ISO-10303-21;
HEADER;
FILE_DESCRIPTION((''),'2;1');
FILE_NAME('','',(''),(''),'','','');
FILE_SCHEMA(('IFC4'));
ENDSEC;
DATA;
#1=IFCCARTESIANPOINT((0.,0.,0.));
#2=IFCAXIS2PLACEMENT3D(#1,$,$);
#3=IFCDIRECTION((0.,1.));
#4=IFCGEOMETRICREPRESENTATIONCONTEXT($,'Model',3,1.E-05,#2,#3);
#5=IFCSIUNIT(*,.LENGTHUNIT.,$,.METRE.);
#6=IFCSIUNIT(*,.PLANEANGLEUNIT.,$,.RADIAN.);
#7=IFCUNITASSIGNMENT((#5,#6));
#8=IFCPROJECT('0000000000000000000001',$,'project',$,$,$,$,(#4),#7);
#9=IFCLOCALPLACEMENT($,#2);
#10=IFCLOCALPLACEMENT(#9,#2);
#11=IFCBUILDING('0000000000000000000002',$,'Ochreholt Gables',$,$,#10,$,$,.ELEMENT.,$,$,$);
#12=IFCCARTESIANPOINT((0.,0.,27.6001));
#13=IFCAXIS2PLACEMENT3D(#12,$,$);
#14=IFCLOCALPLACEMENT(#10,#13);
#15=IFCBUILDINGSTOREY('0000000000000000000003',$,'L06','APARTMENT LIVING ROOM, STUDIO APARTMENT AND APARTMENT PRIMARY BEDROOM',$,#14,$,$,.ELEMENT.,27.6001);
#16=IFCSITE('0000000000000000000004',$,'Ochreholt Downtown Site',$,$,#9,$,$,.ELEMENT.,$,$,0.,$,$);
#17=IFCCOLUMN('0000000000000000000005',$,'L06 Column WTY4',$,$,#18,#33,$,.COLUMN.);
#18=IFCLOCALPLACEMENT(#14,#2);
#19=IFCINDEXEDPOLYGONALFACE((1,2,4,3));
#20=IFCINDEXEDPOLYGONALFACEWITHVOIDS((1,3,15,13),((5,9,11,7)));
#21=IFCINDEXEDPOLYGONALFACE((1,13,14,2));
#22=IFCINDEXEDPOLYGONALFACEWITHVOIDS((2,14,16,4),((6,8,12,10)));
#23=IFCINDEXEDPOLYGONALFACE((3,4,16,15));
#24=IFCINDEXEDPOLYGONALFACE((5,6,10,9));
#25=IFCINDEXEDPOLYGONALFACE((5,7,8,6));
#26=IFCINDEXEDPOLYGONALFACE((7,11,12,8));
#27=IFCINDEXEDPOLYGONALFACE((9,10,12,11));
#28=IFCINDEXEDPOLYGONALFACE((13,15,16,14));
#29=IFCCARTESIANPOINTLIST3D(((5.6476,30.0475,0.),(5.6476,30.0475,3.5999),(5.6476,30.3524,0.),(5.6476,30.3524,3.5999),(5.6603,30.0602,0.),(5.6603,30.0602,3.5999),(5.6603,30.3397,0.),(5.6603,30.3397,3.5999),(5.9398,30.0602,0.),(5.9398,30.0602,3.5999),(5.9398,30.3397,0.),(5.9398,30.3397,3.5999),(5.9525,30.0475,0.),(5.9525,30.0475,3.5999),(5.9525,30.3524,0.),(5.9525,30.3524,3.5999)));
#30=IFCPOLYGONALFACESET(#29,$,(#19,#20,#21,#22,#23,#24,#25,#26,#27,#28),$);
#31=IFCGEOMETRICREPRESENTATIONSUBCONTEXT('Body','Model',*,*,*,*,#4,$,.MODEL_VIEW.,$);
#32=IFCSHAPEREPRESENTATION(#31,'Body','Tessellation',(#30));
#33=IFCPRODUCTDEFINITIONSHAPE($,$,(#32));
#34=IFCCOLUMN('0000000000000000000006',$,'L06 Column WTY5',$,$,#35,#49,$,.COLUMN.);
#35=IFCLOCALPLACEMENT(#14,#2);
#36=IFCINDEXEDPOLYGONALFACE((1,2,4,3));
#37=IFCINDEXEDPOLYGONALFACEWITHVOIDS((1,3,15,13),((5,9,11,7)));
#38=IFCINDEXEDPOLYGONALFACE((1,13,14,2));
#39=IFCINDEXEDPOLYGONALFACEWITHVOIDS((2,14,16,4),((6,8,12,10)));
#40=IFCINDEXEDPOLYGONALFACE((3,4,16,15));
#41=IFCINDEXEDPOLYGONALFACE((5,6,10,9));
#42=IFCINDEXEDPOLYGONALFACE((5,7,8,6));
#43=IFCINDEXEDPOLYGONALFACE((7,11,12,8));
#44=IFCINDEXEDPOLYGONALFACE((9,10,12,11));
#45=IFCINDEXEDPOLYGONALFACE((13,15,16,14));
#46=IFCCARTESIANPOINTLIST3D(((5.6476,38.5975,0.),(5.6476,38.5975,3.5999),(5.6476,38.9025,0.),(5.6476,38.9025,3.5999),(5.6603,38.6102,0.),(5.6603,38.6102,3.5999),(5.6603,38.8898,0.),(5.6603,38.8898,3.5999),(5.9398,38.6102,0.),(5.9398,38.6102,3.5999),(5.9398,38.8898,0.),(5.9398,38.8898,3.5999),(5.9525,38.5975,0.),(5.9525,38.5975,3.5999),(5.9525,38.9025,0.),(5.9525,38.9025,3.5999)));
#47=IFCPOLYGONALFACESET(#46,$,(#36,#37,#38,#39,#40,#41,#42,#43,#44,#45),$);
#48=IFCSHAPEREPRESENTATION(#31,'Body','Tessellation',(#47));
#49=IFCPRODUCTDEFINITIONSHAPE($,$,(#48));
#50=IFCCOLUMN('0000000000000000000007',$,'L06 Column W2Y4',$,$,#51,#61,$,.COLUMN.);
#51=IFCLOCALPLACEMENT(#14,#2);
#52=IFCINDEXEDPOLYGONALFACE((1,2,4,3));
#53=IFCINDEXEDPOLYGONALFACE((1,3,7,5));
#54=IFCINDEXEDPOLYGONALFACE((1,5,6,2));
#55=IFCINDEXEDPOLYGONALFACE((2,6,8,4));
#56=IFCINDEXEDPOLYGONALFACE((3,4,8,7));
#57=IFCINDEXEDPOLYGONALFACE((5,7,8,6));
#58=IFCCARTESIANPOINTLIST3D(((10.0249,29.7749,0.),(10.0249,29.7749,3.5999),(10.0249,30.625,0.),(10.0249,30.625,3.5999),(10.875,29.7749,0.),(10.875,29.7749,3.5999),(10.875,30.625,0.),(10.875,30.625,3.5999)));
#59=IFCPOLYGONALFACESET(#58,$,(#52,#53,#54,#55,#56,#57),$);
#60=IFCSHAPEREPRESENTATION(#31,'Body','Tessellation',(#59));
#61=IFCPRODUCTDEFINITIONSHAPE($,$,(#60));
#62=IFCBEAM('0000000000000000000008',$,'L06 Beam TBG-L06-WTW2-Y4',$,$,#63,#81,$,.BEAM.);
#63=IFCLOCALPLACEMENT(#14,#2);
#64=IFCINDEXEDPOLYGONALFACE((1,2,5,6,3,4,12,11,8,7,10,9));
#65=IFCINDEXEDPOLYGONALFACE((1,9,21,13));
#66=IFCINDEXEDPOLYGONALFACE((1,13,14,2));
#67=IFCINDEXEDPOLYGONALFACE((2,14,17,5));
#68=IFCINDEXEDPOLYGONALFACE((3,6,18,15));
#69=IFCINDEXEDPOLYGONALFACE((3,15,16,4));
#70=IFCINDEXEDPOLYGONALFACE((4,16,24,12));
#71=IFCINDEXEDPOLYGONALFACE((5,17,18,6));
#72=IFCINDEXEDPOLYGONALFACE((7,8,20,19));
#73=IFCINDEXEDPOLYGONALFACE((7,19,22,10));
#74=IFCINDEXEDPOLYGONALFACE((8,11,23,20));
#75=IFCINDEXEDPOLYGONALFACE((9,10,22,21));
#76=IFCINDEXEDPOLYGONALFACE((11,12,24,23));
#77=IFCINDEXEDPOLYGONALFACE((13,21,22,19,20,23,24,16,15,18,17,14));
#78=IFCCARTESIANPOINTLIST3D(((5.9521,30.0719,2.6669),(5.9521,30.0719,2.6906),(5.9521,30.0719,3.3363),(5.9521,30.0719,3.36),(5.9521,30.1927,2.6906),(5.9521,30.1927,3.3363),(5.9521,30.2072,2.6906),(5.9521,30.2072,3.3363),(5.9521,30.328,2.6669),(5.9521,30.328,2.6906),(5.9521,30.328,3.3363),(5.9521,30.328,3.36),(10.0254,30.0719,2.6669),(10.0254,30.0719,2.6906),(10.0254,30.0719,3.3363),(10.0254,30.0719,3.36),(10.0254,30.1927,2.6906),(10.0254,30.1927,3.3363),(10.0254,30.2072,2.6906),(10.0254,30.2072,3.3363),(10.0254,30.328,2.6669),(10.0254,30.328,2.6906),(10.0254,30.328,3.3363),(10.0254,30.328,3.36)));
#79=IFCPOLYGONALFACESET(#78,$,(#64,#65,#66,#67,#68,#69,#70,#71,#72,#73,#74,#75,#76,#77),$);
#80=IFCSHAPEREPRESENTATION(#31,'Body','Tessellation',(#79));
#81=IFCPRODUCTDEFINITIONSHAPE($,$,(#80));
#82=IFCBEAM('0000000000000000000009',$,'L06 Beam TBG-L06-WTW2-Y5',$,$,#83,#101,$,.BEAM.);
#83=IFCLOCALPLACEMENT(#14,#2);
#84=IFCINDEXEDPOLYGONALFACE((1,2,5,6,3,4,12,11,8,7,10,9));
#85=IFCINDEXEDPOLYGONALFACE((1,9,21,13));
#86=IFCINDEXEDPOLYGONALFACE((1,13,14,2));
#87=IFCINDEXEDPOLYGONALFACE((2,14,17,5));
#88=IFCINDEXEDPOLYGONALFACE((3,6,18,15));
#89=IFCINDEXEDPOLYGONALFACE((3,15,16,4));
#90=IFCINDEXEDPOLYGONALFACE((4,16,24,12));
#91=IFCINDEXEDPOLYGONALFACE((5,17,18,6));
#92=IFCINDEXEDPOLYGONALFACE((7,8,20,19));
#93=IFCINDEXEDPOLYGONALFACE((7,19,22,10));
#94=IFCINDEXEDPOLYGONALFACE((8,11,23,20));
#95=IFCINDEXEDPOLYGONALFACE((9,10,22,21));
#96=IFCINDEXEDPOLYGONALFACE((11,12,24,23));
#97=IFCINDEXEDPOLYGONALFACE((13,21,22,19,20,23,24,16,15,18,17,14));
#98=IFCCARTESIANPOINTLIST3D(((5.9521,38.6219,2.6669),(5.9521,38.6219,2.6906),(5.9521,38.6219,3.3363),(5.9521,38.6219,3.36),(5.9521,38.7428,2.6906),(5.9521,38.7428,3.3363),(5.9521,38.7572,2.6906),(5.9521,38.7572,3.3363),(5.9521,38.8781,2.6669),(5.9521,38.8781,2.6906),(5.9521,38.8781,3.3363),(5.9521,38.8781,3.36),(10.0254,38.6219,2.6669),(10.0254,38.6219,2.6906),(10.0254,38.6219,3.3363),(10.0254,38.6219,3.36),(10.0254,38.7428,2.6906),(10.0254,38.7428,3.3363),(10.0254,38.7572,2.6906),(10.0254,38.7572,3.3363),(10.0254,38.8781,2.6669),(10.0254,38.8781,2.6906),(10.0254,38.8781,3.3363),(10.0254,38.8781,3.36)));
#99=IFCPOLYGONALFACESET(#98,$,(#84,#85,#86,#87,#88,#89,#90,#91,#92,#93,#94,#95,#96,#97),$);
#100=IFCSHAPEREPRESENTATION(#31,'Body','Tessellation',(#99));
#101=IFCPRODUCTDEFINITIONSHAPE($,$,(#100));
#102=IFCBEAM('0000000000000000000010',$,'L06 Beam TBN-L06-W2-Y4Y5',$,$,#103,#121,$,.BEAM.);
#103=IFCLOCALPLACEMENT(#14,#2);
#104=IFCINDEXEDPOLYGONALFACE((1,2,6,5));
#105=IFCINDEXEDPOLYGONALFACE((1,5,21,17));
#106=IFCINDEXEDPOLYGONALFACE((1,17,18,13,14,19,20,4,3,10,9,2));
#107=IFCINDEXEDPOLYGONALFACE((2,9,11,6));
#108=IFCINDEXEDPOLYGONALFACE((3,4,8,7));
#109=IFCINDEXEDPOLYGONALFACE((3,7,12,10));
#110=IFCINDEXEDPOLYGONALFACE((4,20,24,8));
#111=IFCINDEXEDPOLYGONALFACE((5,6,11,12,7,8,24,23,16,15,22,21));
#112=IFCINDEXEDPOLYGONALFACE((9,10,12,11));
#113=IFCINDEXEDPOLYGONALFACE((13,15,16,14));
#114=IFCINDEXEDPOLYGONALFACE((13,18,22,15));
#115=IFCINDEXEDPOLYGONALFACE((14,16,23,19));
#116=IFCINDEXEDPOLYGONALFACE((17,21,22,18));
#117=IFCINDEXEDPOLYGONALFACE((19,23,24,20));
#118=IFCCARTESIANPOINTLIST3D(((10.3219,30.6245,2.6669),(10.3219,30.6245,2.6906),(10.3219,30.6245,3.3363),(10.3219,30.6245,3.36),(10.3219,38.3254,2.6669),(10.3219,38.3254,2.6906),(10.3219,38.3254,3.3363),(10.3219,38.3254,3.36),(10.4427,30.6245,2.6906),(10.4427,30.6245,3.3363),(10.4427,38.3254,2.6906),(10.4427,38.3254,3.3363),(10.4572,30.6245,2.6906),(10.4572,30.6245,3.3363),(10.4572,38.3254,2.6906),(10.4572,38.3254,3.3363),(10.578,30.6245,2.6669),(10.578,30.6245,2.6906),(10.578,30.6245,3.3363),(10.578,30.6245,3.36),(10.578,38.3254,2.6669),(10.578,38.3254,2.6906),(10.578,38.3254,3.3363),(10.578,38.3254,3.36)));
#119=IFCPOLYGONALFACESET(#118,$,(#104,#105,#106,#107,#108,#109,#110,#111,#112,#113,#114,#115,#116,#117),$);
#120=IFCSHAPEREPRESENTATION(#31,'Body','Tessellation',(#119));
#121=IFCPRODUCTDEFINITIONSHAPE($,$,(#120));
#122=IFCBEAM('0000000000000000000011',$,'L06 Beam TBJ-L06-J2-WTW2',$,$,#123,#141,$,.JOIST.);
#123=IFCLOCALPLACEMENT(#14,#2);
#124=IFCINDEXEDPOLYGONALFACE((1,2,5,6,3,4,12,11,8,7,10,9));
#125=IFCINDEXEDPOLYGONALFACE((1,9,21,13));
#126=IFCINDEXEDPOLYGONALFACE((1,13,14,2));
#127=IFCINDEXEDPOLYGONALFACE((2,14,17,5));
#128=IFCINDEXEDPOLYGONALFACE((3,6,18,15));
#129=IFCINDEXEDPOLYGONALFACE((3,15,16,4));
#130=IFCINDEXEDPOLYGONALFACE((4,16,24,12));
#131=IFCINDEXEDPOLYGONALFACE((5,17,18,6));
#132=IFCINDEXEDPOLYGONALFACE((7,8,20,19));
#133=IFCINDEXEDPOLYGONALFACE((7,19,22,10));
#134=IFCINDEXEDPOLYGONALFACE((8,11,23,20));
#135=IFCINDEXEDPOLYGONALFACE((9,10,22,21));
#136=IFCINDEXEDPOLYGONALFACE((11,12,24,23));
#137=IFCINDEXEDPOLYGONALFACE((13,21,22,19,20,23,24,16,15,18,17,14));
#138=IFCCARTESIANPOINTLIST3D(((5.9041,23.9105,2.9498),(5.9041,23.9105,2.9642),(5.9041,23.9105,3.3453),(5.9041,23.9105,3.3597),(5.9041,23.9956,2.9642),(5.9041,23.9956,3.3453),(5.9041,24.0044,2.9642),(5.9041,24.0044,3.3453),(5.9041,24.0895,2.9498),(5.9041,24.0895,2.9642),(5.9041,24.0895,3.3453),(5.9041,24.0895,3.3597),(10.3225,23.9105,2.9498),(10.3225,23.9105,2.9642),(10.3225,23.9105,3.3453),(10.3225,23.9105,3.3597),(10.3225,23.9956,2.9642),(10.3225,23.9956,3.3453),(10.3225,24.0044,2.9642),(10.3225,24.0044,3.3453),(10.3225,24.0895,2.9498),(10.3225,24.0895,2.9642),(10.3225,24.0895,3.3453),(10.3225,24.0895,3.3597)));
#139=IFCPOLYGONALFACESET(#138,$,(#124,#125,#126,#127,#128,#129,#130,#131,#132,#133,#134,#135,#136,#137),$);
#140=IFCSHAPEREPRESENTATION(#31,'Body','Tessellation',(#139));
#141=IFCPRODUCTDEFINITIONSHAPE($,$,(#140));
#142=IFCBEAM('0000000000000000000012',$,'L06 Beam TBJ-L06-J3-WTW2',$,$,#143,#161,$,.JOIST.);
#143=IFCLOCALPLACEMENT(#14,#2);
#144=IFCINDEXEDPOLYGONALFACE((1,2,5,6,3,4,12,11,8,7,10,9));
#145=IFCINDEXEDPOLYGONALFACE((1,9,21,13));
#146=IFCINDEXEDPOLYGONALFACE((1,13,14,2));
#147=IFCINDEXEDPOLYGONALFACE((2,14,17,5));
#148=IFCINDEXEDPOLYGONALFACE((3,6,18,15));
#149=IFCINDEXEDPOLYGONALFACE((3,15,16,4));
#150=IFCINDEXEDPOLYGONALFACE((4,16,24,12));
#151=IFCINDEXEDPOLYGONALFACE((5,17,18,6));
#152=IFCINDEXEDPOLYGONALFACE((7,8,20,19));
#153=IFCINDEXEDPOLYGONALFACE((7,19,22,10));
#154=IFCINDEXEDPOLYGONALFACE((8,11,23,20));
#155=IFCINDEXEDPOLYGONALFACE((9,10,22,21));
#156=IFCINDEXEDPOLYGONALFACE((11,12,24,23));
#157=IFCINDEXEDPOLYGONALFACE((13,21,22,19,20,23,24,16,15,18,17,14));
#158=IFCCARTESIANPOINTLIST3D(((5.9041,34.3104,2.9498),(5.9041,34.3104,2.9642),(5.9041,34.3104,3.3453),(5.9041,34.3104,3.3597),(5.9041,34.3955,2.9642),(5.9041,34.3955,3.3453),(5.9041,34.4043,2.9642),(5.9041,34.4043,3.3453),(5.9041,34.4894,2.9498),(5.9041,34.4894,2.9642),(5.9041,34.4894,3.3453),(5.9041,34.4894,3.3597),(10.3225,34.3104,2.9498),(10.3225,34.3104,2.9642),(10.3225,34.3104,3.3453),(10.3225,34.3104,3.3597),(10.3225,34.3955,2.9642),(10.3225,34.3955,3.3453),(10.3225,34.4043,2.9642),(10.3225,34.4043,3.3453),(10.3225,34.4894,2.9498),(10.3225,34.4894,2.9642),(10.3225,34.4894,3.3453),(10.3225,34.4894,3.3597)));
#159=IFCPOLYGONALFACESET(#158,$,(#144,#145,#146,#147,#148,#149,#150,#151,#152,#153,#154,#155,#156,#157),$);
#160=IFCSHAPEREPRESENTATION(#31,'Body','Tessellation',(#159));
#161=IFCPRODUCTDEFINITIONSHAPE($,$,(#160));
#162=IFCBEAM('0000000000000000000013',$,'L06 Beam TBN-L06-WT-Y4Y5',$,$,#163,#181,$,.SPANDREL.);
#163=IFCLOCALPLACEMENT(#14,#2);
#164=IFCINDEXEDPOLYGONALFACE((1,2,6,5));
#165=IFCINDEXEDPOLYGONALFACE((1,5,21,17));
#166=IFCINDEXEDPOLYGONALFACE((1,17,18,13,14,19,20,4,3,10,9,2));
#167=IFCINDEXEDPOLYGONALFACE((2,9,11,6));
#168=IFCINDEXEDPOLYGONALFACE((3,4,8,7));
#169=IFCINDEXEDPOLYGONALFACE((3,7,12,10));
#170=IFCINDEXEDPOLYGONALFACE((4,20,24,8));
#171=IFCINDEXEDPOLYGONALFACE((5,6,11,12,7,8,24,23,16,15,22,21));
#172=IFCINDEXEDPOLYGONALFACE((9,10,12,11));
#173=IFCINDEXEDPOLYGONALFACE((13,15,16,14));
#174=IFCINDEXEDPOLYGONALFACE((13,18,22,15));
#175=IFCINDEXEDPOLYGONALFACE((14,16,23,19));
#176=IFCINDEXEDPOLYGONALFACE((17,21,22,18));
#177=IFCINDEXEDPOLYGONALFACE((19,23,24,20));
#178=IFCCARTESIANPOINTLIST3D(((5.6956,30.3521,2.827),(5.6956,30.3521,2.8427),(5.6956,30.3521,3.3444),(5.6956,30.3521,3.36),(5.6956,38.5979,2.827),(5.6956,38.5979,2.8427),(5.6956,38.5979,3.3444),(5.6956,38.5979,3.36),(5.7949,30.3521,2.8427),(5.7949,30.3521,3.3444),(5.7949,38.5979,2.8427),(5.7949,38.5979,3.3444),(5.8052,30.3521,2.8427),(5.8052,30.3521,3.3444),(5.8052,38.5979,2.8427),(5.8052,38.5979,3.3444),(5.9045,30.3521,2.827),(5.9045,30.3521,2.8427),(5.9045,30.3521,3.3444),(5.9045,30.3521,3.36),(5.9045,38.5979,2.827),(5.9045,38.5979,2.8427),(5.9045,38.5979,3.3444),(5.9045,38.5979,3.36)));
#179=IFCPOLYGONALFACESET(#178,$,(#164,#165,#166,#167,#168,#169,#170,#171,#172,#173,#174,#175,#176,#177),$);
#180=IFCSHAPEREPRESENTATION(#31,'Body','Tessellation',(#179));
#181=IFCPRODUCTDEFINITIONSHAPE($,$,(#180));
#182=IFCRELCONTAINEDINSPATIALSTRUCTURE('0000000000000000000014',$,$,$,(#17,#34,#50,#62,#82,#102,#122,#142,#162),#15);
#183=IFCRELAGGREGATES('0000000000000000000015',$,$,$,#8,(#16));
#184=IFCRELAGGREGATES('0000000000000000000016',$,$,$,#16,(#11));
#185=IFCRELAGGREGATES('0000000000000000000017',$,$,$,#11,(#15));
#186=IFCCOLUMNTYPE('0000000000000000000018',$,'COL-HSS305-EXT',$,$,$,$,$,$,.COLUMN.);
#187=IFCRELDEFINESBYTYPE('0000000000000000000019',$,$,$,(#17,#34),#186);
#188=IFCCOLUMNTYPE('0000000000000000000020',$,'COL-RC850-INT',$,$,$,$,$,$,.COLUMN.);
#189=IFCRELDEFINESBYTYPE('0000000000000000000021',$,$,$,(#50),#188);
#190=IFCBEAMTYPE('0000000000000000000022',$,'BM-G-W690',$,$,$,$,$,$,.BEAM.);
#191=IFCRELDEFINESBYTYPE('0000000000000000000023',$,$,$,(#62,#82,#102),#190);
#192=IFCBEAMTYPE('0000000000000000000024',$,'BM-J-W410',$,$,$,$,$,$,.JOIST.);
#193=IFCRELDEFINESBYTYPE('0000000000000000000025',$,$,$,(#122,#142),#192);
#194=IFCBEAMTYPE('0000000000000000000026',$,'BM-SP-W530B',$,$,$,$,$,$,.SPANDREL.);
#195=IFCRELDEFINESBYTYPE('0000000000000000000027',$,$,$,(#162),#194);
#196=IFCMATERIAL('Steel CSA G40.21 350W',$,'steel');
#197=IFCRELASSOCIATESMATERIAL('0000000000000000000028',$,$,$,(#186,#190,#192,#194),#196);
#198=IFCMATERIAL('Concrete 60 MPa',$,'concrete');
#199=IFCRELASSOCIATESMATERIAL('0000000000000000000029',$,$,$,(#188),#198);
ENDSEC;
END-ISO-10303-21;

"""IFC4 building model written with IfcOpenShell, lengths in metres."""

from ifc_helpers import new_model, si_unit, direction, frame, origin, origin_2d, place, context, subcontext, project, spatial, rectangle, hollow_rectangle, i_section, extrude, material, material_profile, profile_set, type_object, element, save


model = new_model("IFC4")

# Units and contexts
model_context = context("Model", 3, precision=1e-05, world=origin(), true_north=direction((0.0, 1.0)))
body_context = subcontext(model_context, "Body", "Model", "MODEL_VIEW")
ifc_project = project(units=[si_unit("LENGTHUNIT", "METRE"), si_unit("PLANEANGLEUNIT", "RADIAN")], contexts=[model_context])

# Site, building, storey
site_placement = place(None, origin())
site = spatial("IfcSite", under=ifc_project, at=site_placement, Name="Ochreholt Downtown Site", CompositionType="ELEMENT", RefElevation=0.0)
building_placement = place(site_placement, origin())
building = spatial("IfcBuilding", under=site, at=building_placement, Name="Ochreholt Gables", CompositionType="ELEMENT")
storey_placement = place(building_placement, frame((0.0, 0.0, 27.6001)))
storey = spatial("IfcBuildingStorey", under=building, at=storey_placement, Name="L06", Description="APARTMENT LIVING ROOM, STUDIO APARTMENT AND APARTMENT PRIMARY BEDROOM", CompositionType="ELEMENT", Elevation=27.6001)

# Columns
ifc_material_1 = material(Name="Steel CSA G40.21 350W", Category="steel")
ifc_material_profile_1 = material_profile(ifc_material_1, hollow_rectangle(XDim=0.3049, YDim=0.3049, WallThickness=0.0127, at=origin_2d()), Name="HSS305X305X13")
ifc_profile_set_1 = profile_set([ifc_material_profile_1], Name="Steel CSA G40.21 350W")
column_type_1 = type_object("IfcColumnType", Name="COL-HSS305-EXT", PredefinedType="COLUMN", material=ifc_profile_set_1)
for number, where, z_axis, x_axis, name in (
    (1, (5.8, 30.2, 0.0), (0.0, 0.0, 1.0), (1.0, 0.0, 0.0), "L06 Column WTY4"),
    (2, (5.8, 38.75, 0.0), (0.0, 0.0, 1.0), (1.0, 0.0, 0.0), "L06 Column WTY5"),
):
    element("IfcColumn", number, at=place(storey_placement, frame(where, z_axis=z_axis, x_axis=x_axis)), inside=storey, type_object=column_type_1, Name=name, PredefinedType="COLUMN", context=body_context, shape_type="SweptSolid", body=[
        extrude(hollow_rectangle(XDim=0.3049, YDim=0.3049, WallThickness=0.0127, at=origin_2d()), origin(), (0.0, 0.0, 1.0), 3.5999),
    ])
ifc_material_2 = material(Name="Concrete 60 MPa", Category="concrete")
ifc_material_profile_2 = material_profile(ifc_material_2, rectangle(XDim=0.8501, YDim=0.8501, at=origin_2d()), Name="RC850X850")
ifc_profile_set_2 = profile_set([ifc_material_profile_2], Name="Concrete 60 MPa")
column_type_2 = type_object("IfcColumnType", Name="COL-RC850-INT", PredefinedType="COLUMN", material=ifc_profile_set_2)
column_placement = place(storey_placement, frame((10.45, 30.2, 0.0), z_axis=(0.0, 0.0, 1.0), x_axis=(1.0, 0.0, 0.0)))
element("IfcColumn", 3, at=column_placement, inside=storey, type_object=column_type_2, Name="L06 Column W2Y4", PredefinedType="COLUMN", context=body_context, shape_type="SweptSolid", body=[
    extrude(rectangle(XDim=0.8501, YDim=0.8501, at=origin_2d()), origin(), (0.0, 0.0, 1.0), 3.5999),
])

# Beams
ifc_material_profile_3 = material_profile(ifc_material_1, i_section(OverallWidth=0.2561, OverallDepth=0.6931, WebThickness=0.0144, FlangeThickness=0.0237, at=origin_2d()), Name="W690X170")
ifc_profile_set_3 = profile_set([ifc_material_profile_3], Name="Steel CSA G40.21 350W")
beam_type_1 = type_object("IfcBeamType", Name="BM-G-W690", PredefinedType="BEAM", material=ifc_profile_set_3)
for number, where, z_axis, x_axis, name in (
    (4, (5.9521, 30.2, 3.0134), (1.0, 0.0, 0.0), (0.0, 1.0, 0.0), "L06 Beam TBG-L06-WTW2-Y4"),
    (5, (5.9521, 38.75, 3.0134), (1.0, 0.0, 0.0), (0.0, 1.0, 0.0), "L06 Beam TBG-L06-WTW2-Y5"),
):
    element("IfcBeam", number, at=place(storey_placement, frame(where, z_axis=z_axis, x_axis=x_axis)), inside=storey, type_object=beam_type_1, Name=name, PredefinedType="BEAM", context=body_context, shape_type="SweptSolid", body=[
        extrude(i_section(OverallWidth=0.2561, OverallDepth=0.6931, WebThickness=0.0144, FlangeThickness=0.0237, at=origin_2d()), origin(), (0.0, 0.0, 1.0), 4.0732),
    ])
beam_1_placement = place(storey_placement, frame((10.45, 30.6245, 3.0134), z_axis=(0.0, 1.0, 0.0), x_axis=(-1.0, 0.0, 0.0)))
element("IfcBeam", 6, at=beam_1_placement, inside=storey, type_object=beam_type_1, Name="L06 Beam TBN-L06-W2-Y4Y5", PredefinedType="BEAM", context=body_context, shape_type="SweptSolid", body=[
    extrude(i_section(OverallWidth=0.2561, OverallDepth=0.6931, WebThickness=0.0144, FlangeThickness=0.0237, at=origin_2d()), origin(), (0.0, 0.0, 1.0), 7.7009),
])
ifc_material_profile_4 = material_profile(ifc_material_1, i_section(OverallWidth=0.179, OverallDepth=0.4099, WebThickness=0.0088, FlangeThickness=0.0144, at=origin_2d()), Name="W410X67")
ifc_profile_set_4 = profile_set([ifc_material_profile_4], Name="Steel CSA G40.21 350W")
beam_type_2 = type_object("IfcBeamType", Name="BM-J-W410", PredefinedType="JOIST", material=ifc_profile_set_4)
for number, where, z_axis, x_axis, name in (
    (7, (5.9041, 24.0, 3.1548), (1.0, 0.0, 0.0), (0.0, 1.0, 0.0), "L06 Beam TBJ-L06-J2-WTW2"),
    (8, (5.9041, 34.3999, 3.1548), (1.0, 0.0, 0.0), (0.0, 1.0, 0.0), "L06 Beam TBJ-L06-J3-WTW2"),
):
    element("IfcBeam", number, at=place(storey_placement, frame(where, z_axis=z_axis, x_axis=x_axis)), inside=storey, type_object=beam_type_2, Name=name, PredefinedType="JOIST", context=body_context, shape_type="SweptSolid", body=[
        extrude(i_section(OverallWidth=0.179, OverallDepth=0.4099, WebThickness=0.0088, FlangeThickness=0.0144, at=origin_2d()), origin(), (0.0, 0.0, 1.0), 4.4185),
    ])
ifc_material_profile_5 = material_profile(ifc_material_1, i_section(OverallWidth=0.209, OverallDepth=0.533, WebThickness=0.0103, FlangeThickness=0.0156, at=origin_2d()), Name="W530X92")
ifc_profile_set_5 = profile_set([ifc_material_profile_5], Name="Steel CSA G40.21 350W")
beam_type_3 = type_object("IfcBeamType", Name="BM-SP-W530B", PredefinedType="SPANDREL", material=ifc_profile_set_5)
beam_2_placement = place(storey_placement, frame((5.8, 30.3521, 3.0935), z_axis=(0.0, 1.0, 0.0), x_axis=(-1.0, 0.0, 0.0)))
element("IfcBeam", 9, at=beam_2_placement, inside=storey, type_object=beam_type_3, Name="L06 Beam TBN-L06-WT-Y4Y5", PredefinedType="SPANDREL", context=body_context, shape_type="SweptSolid", body=[
    extrude(i_section(OverallWidth=0.209, OverallDepth=0.533, WebThickness=0.0103, FlangeThickness=0.0156, at=origin_2d()), origin(), (0.0, 0.0, 1.0), 8.2458),
])

save(model, "model.ifc")
